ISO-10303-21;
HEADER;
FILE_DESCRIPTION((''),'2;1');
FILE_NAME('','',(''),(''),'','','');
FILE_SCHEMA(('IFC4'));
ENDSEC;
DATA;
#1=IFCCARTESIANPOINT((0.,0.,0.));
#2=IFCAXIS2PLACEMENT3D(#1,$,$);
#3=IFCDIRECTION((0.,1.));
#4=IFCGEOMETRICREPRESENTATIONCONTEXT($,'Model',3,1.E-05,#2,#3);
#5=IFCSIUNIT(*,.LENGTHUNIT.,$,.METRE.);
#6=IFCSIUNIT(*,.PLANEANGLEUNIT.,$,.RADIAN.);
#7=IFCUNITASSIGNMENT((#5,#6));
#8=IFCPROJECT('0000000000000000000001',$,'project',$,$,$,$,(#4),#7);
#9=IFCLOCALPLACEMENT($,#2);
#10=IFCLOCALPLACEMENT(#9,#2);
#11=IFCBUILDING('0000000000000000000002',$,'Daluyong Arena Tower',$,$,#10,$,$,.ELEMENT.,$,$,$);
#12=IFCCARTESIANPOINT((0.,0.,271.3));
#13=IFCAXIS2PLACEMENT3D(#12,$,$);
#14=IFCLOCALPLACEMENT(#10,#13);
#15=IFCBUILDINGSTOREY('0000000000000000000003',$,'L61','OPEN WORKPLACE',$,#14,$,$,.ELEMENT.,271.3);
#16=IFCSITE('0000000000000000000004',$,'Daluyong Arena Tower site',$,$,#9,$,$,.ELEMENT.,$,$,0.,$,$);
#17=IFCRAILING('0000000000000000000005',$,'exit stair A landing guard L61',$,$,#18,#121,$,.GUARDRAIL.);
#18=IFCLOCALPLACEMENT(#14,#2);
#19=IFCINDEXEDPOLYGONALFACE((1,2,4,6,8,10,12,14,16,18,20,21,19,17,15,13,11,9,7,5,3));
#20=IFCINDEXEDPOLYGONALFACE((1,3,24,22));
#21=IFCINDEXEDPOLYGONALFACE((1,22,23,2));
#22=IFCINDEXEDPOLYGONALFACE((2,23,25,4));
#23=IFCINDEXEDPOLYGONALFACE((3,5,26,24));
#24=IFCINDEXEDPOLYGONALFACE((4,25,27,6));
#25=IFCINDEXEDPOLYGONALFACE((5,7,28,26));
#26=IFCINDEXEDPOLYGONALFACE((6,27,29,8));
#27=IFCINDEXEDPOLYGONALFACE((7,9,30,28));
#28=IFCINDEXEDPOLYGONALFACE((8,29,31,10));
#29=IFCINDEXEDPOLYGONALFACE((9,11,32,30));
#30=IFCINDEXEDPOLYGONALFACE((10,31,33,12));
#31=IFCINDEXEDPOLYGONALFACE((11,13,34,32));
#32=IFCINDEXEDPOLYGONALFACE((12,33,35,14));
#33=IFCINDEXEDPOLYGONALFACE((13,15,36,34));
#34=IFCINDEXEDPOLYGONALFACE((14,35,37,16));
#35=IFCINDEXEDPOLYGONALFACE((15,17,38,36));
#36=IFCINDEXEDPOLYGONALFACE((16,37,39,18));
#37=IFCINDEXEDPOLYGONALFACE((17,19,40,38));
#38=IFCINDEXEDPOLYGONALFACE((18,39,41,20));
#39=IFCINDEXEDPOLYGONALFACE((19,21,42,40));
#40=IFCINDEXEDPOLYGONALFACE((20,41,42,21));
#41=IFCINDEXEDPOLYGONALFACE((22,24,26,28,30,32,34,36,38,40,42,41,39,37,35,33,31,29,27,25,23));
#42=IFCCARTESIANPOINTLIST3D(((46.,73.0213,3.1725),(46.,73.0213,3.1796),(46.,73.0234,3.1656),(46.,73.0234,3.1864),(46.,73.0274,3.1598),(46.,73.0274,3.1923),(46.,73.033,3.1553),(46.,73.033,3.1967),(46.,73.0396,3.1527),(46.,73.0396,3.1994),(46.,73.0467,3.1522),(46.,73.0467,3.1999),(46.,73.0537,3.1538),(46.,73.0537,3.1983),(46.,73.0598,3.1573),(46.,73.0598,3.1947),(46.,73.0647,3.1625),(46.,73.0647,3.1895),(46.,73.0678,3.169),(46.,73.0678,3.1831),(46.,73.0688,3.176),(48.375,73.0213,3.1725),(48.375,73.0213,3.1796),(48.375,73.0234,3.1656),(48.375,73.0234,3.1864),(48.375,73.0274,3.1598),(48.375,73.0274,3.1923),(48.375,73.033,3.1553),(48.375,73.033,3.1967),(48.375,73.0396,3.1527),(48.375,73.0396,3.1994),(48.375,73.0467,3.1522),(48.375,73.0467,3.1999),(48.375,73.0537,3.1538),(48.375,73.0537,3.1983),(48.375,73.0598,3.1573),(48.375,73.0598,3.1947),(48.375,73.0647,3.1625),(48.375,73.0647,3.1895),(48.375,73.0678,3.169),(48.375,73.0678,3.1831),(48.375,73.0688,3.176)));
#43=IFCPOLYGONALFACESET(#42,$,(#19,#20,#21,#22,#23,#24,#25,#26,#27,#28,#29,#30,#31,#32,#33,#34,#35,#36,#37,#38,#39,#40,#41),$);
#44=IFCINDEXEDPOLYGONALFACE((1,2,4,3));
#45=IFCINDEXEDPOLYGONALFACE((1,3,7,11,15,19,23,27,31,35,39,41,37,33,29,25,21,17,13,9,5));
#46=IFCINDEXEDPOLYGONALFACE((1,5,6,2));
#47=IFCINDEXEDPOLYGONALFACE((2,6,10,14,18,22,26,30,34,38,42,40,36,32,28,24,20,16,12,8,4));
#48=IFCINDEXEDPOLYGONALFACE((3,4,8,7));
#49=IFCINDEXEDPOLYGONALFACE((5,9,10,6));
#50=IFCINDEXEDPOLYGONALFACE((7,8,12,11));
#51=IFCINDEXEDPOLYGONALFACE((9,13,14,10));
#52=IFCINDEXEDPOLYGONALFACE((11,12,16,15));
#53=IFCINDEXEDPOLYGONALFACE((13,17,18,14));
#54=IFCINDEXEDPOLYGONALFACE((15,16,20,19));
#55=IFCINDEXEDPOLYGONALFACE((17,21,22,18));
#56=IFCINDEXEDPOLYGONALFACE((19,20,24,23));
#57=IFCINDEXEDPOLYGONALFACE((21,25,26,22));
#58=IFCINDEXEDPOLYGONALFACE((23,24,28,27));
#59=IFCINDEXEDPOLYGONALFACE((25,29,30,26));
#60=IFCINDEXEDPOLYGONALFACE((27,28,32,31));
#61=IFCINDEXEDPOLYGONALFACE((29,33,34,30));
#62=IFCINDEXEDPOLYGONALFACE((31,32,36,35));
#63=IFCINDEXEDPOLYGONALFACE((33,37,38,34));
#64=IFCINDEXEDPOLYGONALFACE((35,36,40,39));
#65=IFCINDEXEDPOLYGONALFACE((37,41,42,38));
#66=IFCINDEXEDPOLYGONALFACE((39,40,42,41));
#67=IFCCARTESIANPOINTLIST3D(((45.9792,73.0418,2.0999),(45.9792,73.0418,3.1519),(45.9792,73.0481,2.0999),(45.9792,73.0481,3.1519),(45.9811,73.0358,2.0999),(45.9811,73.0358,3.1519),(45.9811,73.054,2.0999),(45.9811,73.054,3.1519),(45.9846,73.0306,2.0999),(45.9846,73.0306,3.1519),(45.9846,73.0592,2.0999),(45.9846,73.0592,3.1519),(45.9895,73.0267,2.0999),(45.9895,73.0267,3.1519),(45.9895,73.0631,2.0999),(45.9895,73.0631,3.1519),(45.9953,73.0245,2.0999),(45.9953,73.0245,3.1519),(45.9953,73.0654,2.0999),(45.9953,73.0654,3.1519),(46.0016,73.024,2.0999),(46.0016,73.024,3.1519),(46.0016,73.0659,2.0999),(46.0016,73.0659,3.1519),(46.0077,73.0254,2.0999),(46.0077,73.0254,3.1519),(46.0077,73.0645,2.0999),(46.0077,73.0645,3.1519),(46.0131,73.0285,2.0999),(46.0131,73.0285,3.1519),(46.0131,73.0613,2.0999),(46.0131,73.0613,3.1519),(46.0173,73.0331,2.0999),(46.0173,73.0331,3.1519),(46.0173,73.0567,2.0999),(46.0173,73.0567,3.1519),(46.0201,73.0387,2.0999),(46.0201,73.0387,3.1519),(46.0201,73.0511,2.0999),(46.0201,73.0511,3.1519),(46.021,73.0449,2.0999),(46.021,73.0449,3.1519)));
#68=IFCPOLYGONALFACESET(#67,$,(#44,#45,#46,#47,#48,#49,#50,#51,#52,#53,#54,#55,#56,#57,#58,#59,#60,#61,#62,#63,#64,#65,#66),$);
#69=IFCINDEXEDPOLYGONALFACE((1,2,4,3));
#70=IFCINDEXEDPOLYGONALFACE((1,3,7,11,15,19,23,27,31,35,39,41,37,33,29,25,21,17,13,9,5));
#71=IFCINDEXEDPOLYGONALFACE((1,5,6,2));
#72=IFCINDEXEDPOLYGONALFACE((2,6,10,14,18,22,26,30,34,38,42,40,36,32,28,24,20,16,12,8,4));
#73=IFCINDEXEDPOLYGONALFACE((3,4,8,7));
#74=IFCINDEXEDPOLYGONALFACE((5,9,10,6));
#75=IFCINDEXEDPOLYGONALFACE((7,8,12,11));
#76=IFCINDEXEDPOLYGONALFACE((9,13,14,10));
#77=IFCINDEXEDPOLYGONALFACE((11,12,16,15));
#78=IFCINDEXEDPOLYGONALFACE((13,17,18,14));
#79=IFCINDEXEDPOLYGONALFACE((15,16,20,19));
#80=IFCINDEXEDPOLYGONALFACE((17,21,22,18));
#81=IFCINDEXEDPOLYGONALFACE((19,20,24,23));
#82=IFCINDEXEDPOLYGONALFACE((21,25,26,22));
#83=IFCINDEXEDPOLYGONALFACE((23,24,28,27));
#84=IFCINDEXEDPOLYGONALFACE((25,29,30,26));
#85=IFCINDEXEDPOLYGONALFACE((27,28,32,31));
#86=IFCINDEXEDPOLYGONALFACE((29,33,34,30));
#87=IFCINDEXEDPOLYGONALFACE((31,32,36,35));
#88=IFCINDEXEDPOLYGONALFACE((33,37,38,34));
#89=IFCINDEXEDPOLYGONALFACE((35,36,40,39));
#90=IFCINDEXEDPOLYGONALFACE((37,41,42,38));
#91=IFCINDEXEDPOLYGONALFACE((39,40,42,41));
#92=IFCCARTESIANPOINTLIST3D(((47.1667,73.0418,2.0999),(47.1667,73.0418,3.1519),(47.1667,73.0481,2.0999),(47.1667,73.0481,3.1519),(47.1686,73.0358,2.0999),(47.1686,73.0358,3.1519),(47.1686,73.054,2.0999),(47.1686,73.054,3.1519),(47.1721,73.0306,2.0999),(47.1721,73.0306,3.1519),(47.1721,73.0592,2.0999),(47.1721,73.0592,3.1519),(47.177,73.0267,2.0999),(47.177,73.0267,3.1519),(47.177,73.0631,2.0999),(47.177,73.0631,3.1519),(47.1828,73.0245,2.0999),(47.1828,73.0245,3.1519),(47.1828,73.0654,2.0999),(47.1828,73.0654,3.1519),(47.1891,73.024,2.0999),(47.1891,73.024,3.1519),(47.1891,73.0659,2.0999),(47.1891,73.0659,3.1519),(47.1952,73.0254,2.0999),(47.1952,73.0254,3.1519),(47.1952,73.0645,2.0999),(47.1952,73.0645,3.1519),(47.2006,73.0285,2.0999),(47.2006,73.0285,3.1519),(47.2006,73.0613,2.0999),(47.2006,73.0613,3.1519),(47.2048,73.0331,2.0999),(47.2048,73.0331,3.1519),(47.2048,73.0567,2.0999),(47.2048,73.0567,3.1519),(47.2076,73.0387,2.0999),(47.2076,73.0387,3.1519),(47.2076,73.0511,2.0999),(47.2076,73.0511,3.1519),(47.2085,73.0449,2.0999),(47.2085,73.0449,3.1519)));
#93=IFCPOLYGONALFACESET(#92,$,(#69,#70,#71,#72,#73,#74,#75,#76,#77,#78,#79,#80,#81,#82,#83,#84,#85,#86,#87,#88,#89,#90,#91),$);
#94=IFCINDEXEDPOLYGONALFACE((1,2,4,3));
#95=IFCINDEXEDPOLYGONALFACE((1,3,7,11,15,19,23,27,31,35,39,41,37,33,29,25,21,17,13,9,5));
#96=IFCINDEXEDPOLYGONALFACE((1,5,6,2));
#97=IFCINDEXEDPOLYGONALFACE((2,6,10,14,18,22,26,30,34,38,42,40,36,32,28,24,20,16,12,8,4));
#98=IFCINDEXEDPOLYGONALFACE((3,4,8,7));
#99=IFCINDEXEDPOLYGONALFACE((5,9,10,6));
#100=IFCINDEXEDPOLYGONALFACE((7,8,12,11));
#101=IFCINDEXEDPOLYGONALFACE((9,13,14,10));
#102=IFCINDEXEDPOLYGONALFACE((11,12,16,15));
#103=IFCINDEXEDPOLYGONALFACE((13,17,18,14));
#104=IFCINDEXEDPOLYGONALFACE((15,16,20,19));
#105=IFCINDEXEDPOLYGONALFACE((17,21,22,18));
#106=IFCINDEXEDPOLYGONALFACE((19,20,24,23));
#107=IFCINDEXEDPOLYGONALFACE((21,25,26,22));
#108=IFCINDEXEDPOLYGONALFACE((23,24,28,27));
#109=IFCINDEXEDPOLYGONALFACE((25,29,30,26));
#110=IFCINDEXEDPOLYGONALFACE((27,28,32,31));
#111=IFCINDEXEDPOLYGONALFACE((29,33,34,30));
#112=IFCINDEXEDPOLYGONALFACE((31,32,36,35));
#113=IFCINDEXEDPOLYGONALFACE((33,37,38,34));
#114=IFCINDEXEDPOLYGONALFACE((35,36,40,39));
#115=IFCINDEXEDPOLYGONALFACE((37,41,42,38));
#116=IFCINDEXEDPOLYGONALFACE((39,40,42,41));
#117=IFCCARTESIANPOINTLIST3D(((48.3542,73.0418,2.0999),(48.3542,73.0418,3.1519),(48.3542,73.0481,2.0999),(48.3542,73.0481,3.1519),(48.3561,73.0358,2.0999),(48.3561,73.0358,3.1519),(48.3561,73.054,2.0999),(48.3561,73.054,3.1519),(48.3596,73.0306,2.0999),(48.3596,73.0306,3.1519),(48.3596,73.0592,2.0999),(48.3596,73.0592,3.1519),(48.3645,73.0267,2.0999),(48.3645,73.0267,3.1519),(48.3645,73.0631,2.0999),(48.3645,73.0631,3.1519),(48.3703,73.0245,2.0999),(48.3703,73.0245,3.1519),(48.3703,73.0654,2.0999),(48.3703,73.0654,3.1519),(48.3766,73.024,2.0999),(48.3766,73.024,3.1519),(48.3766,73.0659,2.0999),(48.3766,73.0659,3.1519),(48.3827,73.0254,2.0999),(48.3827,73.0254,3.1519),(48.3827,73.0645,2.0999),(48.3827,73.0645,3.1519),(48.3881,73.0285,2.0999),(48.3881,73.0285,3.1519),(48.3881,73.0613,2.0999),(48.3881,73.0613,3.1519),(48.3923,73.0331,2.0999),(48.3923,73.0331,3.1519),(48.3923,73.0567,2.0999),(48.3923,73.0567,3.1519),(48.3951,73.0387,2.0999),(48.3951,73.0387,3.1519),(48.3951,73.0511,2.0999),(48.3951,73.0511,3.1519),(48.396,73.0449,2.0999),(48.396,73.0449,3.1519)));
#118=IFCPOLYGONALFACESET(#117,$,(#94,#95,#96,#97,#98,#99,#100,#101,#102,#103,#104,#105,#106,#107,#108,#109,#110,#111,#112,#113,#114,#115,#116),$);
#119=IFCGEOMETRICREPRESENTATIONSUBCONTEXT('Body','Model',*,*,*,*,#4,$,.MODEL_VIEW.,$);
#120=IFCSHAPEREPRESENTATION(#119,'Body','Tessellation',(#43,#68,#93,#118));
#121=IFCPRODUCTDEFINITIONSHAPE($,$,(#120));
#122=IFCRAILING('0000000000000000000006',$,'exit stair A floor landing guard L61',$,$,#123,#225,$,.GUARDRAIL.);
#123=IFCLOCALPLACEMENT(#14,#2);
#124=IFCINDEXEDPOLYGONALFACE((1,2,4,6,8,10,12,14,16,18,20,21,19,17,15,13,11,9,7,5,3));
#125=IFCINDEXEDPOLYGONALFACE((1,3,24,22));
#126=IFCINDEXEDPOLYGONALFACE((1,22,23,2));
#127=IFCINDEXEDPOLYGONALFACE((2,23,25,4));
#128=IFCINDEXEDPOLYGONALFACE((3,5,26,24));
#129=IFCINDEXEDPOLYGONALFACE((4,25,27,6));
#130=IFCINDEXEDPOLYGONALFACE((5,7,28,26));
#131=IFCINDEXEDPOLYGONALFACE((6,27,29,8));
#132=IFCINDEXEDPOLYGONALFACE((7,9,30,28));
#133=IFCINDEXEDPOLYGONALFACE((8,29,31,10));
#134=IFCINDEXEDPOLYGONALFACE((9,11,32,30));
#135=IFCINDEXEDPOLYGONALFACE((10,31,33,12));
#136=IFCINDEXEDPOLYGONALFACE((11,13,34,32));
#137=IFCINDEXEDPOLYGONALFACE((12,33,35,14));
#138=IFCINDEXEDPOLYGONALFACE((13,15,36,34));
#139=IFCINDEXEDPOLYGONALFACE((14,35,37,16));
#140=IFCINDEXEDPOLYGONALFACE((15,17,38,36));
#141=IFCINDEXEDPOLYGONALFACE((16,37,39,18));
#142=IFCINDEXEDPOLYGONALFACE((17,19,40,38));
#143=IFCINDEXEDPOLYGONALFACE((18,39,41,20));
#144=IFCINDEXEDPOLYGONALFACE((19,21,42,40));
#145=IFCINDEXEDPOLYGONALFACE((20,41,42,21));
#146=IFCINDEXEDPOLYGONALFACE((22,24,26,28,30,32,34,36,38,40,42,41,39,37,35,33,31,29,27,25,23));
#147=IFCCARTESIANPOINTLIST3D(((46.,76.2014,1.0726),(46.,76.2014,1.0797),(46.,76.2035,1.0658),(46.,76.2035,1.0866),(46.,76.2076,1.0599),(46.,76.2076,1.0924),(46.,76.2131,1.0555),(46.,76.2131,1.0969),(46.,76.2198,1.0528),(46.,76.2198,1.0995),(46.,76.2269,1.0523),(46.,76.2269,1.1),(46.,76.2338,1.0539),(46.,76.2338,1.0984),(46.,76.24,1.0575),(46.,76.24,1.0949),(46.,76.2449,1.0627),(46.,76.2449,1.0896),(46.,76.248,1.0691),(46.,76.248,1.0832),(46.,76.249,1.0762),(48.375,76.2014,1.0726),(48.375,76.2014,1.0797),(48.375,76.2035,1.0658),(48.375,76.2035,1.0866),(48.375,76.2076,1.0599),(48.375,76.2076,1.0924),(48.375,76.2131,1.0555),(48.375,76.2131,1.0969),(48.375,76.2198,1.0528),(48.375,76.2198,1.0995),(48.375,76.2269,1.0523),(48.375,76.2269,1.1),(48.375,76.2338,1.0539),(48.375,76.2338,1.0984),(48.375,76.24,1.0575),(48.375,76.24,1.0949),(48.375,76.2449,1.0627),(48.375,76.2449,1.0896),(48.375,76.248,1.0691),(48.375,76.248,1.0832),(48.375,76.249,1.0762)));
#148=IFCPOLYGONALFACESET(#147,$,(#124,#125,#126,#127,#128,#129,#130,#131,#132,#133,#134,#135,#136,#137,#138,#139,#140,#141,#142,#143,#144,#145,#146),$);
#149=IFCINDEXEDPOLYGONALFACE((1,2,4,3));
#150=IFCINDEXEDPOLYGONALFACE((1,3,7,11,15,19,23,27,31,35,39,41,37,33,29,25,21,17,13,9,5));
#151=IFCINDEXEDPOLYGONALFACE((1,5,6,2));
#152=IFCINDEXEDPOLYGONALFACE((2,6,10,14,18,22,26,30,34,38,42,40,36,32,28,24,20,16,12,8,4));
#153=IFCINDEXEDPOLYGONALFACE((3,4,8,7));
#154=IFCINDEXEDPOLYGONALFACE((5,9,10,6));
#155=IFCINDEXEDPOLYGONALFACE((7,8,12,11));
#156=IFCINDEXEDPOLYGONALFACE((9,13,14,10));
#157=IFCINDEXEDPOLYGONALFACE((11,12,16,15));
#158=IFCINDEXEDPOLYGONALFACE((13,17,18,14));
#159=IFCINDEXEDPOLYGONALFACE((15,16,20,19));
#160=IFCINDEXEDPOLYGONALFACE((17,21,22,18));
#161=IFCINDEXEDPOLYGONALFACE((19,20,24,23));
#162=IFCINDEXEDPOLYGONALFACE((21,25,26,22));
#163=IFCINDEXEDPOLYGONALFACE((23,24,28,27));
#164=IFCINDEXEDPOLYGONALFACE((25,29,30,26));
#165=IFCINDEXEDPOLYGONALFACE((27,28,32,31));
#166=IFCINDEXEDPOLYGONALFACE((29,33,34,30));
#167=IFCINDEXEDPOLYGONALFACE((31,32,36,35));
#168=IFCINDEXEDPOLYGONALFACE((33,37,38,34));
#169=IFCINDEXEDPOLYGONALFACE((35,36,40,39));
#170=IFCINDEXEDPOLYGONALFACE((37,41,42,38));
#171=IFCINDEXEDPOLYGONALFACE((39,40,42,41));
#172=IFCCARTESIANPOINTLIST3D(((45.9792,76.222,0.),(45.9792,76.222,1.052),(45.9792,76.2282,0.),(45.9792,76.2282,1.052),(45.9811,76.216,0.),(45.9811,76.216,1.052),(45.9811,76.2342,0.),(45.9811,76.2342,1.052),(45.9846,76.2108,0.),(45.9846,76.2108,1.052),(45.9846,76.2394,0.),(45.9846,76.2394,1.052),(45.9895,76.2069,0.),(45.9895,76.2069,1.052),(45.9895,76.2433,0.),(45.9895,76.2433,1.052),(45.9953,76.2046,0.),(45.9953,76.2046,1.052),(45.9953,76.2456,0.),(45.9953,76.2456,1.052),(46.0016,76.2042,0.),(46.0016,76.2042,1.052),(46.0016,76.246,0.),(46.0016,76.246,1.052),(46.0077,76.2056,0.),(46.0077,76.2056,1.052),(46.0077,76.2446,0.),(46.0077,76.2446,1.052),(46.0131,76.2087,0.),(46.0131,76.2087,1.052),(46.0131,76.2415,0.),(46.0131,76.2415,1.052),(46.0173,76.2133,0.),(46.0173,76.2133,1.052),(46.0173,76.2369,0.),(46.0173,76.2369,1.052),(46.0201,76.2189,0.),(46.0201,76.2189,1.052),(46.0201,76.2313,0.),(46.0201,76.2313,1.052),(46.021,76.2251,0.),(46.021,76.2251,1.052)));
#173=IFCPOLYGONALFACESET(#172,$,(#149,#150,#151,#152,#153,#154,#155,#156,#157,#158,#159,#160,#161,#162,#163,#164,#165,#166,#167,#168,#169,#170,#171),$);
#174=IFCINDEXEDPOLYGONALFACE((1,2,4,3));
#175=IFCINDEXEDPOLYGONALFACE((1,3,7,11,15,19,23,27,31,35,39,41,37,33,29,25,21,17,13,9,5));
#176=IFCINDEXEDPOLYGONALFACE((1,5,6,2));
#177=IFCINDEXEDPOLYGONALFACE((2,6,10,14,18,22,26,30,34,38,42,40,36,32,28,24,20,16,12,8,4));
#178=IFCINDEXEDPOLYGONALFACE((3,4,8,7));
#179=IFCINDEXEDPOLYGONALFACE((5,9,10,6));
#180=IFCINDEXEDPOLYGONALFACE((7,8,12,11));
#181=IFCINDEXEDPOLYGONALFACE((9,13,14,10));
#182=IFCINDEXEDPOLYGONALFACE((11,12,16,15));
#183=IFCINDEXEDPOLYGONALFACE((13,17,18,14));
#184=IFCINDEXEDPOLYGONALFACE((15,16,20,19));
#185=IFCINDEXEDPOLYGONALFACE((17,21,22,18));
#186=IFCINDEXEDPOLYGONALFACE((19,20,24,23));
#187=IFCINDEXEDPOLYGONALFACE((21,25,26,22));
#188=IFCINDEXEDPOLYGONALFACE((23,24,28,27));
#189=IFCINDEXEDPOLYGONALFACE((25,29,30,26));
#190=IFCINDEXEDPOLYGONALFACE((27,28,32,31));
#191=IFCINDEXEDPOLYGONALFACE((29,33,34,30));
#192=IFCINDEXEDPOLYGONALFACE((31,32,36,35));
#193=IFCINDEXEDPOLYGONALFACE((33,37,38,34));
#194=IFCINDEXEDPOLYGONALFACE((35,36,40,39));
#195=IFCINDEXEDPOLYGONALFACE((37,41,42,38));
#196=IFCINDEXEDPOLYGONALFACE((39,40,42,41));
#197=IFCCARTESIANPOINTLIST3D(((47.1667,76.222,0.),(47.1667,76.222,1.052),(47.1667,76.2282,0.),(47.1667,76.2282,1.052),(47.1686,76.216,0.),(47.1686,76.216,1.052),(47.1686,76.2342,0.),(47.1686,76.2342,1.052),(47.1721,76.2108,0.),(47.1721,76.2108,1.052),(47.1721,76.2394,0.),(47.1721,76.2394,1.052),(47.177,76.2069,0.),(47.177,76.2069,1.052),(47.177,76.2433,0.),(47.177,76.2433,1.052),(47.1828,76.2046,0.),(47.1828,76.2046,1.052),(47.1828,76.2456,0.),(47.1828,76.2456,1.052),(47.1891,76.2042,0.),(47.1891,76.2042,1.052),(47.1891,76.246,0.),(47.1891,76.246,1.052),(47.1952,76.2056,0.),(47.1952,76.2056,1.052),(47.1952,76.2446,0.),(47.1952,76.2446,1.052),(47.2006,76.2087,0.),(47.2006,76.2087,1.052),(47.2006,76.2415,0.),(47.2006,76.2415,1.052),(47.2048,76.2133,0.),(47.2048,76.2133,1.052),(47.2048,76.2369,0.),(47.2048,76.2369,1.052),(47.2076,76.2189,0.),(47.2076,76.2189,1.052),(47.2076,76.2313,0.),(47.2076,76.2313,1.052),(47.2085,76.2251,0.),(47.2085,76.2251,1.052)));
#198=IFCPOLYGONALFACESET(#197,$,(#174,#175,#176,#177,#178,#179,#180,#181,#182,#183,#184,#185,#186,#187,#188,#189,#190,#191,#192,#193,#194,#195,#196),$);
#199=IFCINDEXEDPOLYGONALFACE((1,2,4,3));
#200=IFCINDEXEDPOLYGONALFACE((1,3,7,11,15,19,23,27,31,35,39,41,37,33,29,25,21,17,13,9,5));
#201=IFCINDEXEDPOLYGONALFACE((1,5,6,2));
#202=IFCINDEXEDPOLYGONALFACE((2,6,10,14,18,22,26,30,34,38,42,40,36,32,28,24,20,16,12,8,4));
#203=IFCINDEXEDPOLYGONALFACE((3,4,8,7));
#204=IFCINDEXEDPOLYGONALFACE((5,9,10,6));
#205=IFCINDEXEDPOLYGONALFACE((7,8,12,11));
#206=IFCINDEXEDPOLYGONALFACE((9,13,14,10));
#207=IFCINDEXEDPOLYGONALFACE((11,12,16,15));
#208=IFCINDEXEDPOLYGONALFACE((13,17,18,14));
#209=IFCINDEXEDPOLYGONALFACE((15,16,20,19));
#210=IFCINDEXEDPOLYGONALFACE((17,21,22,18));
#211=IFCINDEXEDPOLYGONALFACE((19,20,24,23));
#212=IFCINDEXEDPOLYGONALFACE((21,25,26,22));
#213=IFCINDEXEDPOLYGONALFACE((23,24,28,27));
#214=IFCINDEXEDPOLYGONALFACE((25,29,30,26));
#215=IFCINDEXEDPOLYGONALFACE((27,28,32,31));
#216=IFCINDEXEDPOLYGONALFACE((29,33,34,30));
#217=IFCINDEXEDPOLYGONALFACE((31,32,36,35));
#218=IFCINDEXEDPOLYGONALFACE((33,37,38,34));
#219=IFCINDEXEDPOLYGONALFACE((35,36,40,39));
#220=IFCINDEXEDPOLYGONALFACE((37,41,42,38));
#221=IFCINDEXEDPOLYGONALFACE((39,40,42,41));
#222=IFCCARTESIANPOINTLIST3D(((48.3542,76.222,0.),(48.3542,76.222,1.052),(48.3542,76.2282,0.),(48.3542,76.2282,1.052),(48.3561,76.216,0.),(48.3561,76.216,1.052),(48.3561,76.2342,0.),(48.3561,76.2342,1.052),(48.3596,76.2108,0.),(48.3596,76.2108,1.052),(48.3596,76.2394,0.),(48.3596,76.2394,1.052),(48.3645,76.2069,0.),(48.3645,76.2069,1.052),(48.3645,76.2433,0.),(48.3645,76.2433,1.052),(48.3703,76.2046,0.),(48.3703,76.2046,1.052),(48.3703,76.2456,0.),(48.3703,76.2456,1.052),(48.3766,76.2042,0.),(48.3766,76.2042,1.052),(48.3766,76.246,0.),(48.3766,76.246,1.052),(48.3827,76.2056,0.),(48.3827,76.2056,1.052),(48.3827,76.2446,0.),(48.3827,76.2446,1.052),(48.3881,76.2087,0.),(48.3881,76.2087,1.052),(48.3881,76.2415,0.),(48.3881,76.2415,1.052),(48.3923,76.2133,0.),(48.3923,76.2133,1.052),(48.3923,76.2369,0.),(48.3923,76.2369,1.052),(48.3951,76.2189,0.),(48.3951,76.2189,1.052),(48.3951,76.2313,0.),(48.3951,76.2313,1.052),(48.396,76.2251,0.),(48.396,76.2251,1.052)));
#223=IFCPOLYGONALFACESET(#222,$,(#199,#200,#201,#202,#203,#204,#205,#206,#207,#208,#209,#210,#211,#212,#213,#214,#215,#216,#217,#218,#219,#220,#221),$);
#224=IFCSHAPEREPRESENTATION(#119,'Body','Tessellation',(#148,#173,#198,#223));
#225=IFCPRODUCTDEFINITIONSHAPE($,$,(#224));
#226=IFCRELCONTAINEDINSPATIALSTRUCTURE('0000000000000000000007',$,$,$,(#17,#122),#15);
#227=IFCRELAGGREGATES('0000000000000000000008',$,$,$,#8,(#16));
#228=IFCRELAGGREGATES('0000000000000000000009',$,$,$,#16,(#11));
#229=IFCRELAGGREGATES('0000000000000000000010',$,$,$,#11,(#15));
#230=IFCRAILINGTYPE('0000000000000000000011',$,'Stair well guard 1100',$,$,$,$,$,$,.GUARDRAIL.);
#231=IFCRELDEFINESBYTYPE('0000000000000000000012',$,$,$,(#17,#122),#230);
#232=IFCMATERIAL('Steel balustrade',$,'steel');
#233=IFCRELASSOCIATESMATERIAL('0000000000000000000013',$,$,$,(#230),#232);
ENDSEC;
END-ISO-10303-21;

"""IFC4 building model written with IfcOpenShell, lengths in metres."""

from ifc_helpers import new_model, si_unit, direction, frame, origin, origin_2d, place, context, subcontext, project, spatial, circle, extrude, material, type_object, element, save


model = new_model("IFC4")

# Units and contexts
model_context = context("Model", 3, precision=1e-05, world=origin(), true_north=direction((0.0, 1.0)))
body_context = subcontext(model_context, "Body", "Model", "MODEL_VIEW")
ifc_project = project(units=[si_unit("LENGTHUNIT", "METRE"), si_unit("PLANEANGLEUNIT", "RADIAN")], contexts=[model_context])

# Site, building, storey
site_placement = place(None, origin())
site = spatial("IfcSite", under=ifc_project, at=site_placement, Name="Daluyong Arena Tower site", CompositionType="ELEMENT", RefElevation=0.0)
building_placement = place(site_placement, origin())
building = spatial("IfcBuilding", under=site, at=building_placement, Name="Daluyong Arena Tower", CompositionType="ELEMENT")
storey_placement = place(building_placement, frame((0.0, 0.0, 271.3)))
storey = spatial("IfcBuildingStorey", under=building, at=storey_placement, Name="L61", Description="OPEN WORKPLACE", CompositionType="ELEMENT", Elevation=271.3)

# Railings
ifc_material_1 = material(Name="Steel balustrade", Category="steel")
railing_type_1 = type_object("IfcRailingType", Name="Stair well guard 1100", PredefinedType="GUARDRAIL", material=ifc_material_1)
for number, where, name in (
    (1, (46.0, 73.0449, 2.0999), "exit stair A landing guard L61"),
    (2, (46.0, 76.2251, 0.0), "exit stair A floor landing guard L61"),
):
    element("IfcRailing", number, at=place(storey_placement, frame(where)), inside=storey, type_object=railing_type_1, Name=name, PredefinedType="GUARDRAIL", context=body_context, shape_type="SweptSolid", body=[
        extrude(circle(Radius=0.0239, at=origin_2d()), frame((0.0, 0.0, 1.0762), z_axis=(1.0, 0.0, 0.0), x_axis=(0.0, 1.0, 0.0)), (0.0, 0.0, 1.0), 2.375),
        extrude(circle(Radius=0.021, at=origin_2d()), origin(), (0.0, 0.0, 1.0), 1.052),
        extrude(circle(Radius=0.021, at=origin_2d()), frame((1.1875, 0.0, 0.0)), (0.0, 0.0, 1.0), 1.052),
        extrude(circle(Radius=0.021, at=origin_2d()), frame((2.375, 0.0, 0.0)), (0.0, 0.0, 1.0), 1.052),
    ])

save(model, "model.ifc")
